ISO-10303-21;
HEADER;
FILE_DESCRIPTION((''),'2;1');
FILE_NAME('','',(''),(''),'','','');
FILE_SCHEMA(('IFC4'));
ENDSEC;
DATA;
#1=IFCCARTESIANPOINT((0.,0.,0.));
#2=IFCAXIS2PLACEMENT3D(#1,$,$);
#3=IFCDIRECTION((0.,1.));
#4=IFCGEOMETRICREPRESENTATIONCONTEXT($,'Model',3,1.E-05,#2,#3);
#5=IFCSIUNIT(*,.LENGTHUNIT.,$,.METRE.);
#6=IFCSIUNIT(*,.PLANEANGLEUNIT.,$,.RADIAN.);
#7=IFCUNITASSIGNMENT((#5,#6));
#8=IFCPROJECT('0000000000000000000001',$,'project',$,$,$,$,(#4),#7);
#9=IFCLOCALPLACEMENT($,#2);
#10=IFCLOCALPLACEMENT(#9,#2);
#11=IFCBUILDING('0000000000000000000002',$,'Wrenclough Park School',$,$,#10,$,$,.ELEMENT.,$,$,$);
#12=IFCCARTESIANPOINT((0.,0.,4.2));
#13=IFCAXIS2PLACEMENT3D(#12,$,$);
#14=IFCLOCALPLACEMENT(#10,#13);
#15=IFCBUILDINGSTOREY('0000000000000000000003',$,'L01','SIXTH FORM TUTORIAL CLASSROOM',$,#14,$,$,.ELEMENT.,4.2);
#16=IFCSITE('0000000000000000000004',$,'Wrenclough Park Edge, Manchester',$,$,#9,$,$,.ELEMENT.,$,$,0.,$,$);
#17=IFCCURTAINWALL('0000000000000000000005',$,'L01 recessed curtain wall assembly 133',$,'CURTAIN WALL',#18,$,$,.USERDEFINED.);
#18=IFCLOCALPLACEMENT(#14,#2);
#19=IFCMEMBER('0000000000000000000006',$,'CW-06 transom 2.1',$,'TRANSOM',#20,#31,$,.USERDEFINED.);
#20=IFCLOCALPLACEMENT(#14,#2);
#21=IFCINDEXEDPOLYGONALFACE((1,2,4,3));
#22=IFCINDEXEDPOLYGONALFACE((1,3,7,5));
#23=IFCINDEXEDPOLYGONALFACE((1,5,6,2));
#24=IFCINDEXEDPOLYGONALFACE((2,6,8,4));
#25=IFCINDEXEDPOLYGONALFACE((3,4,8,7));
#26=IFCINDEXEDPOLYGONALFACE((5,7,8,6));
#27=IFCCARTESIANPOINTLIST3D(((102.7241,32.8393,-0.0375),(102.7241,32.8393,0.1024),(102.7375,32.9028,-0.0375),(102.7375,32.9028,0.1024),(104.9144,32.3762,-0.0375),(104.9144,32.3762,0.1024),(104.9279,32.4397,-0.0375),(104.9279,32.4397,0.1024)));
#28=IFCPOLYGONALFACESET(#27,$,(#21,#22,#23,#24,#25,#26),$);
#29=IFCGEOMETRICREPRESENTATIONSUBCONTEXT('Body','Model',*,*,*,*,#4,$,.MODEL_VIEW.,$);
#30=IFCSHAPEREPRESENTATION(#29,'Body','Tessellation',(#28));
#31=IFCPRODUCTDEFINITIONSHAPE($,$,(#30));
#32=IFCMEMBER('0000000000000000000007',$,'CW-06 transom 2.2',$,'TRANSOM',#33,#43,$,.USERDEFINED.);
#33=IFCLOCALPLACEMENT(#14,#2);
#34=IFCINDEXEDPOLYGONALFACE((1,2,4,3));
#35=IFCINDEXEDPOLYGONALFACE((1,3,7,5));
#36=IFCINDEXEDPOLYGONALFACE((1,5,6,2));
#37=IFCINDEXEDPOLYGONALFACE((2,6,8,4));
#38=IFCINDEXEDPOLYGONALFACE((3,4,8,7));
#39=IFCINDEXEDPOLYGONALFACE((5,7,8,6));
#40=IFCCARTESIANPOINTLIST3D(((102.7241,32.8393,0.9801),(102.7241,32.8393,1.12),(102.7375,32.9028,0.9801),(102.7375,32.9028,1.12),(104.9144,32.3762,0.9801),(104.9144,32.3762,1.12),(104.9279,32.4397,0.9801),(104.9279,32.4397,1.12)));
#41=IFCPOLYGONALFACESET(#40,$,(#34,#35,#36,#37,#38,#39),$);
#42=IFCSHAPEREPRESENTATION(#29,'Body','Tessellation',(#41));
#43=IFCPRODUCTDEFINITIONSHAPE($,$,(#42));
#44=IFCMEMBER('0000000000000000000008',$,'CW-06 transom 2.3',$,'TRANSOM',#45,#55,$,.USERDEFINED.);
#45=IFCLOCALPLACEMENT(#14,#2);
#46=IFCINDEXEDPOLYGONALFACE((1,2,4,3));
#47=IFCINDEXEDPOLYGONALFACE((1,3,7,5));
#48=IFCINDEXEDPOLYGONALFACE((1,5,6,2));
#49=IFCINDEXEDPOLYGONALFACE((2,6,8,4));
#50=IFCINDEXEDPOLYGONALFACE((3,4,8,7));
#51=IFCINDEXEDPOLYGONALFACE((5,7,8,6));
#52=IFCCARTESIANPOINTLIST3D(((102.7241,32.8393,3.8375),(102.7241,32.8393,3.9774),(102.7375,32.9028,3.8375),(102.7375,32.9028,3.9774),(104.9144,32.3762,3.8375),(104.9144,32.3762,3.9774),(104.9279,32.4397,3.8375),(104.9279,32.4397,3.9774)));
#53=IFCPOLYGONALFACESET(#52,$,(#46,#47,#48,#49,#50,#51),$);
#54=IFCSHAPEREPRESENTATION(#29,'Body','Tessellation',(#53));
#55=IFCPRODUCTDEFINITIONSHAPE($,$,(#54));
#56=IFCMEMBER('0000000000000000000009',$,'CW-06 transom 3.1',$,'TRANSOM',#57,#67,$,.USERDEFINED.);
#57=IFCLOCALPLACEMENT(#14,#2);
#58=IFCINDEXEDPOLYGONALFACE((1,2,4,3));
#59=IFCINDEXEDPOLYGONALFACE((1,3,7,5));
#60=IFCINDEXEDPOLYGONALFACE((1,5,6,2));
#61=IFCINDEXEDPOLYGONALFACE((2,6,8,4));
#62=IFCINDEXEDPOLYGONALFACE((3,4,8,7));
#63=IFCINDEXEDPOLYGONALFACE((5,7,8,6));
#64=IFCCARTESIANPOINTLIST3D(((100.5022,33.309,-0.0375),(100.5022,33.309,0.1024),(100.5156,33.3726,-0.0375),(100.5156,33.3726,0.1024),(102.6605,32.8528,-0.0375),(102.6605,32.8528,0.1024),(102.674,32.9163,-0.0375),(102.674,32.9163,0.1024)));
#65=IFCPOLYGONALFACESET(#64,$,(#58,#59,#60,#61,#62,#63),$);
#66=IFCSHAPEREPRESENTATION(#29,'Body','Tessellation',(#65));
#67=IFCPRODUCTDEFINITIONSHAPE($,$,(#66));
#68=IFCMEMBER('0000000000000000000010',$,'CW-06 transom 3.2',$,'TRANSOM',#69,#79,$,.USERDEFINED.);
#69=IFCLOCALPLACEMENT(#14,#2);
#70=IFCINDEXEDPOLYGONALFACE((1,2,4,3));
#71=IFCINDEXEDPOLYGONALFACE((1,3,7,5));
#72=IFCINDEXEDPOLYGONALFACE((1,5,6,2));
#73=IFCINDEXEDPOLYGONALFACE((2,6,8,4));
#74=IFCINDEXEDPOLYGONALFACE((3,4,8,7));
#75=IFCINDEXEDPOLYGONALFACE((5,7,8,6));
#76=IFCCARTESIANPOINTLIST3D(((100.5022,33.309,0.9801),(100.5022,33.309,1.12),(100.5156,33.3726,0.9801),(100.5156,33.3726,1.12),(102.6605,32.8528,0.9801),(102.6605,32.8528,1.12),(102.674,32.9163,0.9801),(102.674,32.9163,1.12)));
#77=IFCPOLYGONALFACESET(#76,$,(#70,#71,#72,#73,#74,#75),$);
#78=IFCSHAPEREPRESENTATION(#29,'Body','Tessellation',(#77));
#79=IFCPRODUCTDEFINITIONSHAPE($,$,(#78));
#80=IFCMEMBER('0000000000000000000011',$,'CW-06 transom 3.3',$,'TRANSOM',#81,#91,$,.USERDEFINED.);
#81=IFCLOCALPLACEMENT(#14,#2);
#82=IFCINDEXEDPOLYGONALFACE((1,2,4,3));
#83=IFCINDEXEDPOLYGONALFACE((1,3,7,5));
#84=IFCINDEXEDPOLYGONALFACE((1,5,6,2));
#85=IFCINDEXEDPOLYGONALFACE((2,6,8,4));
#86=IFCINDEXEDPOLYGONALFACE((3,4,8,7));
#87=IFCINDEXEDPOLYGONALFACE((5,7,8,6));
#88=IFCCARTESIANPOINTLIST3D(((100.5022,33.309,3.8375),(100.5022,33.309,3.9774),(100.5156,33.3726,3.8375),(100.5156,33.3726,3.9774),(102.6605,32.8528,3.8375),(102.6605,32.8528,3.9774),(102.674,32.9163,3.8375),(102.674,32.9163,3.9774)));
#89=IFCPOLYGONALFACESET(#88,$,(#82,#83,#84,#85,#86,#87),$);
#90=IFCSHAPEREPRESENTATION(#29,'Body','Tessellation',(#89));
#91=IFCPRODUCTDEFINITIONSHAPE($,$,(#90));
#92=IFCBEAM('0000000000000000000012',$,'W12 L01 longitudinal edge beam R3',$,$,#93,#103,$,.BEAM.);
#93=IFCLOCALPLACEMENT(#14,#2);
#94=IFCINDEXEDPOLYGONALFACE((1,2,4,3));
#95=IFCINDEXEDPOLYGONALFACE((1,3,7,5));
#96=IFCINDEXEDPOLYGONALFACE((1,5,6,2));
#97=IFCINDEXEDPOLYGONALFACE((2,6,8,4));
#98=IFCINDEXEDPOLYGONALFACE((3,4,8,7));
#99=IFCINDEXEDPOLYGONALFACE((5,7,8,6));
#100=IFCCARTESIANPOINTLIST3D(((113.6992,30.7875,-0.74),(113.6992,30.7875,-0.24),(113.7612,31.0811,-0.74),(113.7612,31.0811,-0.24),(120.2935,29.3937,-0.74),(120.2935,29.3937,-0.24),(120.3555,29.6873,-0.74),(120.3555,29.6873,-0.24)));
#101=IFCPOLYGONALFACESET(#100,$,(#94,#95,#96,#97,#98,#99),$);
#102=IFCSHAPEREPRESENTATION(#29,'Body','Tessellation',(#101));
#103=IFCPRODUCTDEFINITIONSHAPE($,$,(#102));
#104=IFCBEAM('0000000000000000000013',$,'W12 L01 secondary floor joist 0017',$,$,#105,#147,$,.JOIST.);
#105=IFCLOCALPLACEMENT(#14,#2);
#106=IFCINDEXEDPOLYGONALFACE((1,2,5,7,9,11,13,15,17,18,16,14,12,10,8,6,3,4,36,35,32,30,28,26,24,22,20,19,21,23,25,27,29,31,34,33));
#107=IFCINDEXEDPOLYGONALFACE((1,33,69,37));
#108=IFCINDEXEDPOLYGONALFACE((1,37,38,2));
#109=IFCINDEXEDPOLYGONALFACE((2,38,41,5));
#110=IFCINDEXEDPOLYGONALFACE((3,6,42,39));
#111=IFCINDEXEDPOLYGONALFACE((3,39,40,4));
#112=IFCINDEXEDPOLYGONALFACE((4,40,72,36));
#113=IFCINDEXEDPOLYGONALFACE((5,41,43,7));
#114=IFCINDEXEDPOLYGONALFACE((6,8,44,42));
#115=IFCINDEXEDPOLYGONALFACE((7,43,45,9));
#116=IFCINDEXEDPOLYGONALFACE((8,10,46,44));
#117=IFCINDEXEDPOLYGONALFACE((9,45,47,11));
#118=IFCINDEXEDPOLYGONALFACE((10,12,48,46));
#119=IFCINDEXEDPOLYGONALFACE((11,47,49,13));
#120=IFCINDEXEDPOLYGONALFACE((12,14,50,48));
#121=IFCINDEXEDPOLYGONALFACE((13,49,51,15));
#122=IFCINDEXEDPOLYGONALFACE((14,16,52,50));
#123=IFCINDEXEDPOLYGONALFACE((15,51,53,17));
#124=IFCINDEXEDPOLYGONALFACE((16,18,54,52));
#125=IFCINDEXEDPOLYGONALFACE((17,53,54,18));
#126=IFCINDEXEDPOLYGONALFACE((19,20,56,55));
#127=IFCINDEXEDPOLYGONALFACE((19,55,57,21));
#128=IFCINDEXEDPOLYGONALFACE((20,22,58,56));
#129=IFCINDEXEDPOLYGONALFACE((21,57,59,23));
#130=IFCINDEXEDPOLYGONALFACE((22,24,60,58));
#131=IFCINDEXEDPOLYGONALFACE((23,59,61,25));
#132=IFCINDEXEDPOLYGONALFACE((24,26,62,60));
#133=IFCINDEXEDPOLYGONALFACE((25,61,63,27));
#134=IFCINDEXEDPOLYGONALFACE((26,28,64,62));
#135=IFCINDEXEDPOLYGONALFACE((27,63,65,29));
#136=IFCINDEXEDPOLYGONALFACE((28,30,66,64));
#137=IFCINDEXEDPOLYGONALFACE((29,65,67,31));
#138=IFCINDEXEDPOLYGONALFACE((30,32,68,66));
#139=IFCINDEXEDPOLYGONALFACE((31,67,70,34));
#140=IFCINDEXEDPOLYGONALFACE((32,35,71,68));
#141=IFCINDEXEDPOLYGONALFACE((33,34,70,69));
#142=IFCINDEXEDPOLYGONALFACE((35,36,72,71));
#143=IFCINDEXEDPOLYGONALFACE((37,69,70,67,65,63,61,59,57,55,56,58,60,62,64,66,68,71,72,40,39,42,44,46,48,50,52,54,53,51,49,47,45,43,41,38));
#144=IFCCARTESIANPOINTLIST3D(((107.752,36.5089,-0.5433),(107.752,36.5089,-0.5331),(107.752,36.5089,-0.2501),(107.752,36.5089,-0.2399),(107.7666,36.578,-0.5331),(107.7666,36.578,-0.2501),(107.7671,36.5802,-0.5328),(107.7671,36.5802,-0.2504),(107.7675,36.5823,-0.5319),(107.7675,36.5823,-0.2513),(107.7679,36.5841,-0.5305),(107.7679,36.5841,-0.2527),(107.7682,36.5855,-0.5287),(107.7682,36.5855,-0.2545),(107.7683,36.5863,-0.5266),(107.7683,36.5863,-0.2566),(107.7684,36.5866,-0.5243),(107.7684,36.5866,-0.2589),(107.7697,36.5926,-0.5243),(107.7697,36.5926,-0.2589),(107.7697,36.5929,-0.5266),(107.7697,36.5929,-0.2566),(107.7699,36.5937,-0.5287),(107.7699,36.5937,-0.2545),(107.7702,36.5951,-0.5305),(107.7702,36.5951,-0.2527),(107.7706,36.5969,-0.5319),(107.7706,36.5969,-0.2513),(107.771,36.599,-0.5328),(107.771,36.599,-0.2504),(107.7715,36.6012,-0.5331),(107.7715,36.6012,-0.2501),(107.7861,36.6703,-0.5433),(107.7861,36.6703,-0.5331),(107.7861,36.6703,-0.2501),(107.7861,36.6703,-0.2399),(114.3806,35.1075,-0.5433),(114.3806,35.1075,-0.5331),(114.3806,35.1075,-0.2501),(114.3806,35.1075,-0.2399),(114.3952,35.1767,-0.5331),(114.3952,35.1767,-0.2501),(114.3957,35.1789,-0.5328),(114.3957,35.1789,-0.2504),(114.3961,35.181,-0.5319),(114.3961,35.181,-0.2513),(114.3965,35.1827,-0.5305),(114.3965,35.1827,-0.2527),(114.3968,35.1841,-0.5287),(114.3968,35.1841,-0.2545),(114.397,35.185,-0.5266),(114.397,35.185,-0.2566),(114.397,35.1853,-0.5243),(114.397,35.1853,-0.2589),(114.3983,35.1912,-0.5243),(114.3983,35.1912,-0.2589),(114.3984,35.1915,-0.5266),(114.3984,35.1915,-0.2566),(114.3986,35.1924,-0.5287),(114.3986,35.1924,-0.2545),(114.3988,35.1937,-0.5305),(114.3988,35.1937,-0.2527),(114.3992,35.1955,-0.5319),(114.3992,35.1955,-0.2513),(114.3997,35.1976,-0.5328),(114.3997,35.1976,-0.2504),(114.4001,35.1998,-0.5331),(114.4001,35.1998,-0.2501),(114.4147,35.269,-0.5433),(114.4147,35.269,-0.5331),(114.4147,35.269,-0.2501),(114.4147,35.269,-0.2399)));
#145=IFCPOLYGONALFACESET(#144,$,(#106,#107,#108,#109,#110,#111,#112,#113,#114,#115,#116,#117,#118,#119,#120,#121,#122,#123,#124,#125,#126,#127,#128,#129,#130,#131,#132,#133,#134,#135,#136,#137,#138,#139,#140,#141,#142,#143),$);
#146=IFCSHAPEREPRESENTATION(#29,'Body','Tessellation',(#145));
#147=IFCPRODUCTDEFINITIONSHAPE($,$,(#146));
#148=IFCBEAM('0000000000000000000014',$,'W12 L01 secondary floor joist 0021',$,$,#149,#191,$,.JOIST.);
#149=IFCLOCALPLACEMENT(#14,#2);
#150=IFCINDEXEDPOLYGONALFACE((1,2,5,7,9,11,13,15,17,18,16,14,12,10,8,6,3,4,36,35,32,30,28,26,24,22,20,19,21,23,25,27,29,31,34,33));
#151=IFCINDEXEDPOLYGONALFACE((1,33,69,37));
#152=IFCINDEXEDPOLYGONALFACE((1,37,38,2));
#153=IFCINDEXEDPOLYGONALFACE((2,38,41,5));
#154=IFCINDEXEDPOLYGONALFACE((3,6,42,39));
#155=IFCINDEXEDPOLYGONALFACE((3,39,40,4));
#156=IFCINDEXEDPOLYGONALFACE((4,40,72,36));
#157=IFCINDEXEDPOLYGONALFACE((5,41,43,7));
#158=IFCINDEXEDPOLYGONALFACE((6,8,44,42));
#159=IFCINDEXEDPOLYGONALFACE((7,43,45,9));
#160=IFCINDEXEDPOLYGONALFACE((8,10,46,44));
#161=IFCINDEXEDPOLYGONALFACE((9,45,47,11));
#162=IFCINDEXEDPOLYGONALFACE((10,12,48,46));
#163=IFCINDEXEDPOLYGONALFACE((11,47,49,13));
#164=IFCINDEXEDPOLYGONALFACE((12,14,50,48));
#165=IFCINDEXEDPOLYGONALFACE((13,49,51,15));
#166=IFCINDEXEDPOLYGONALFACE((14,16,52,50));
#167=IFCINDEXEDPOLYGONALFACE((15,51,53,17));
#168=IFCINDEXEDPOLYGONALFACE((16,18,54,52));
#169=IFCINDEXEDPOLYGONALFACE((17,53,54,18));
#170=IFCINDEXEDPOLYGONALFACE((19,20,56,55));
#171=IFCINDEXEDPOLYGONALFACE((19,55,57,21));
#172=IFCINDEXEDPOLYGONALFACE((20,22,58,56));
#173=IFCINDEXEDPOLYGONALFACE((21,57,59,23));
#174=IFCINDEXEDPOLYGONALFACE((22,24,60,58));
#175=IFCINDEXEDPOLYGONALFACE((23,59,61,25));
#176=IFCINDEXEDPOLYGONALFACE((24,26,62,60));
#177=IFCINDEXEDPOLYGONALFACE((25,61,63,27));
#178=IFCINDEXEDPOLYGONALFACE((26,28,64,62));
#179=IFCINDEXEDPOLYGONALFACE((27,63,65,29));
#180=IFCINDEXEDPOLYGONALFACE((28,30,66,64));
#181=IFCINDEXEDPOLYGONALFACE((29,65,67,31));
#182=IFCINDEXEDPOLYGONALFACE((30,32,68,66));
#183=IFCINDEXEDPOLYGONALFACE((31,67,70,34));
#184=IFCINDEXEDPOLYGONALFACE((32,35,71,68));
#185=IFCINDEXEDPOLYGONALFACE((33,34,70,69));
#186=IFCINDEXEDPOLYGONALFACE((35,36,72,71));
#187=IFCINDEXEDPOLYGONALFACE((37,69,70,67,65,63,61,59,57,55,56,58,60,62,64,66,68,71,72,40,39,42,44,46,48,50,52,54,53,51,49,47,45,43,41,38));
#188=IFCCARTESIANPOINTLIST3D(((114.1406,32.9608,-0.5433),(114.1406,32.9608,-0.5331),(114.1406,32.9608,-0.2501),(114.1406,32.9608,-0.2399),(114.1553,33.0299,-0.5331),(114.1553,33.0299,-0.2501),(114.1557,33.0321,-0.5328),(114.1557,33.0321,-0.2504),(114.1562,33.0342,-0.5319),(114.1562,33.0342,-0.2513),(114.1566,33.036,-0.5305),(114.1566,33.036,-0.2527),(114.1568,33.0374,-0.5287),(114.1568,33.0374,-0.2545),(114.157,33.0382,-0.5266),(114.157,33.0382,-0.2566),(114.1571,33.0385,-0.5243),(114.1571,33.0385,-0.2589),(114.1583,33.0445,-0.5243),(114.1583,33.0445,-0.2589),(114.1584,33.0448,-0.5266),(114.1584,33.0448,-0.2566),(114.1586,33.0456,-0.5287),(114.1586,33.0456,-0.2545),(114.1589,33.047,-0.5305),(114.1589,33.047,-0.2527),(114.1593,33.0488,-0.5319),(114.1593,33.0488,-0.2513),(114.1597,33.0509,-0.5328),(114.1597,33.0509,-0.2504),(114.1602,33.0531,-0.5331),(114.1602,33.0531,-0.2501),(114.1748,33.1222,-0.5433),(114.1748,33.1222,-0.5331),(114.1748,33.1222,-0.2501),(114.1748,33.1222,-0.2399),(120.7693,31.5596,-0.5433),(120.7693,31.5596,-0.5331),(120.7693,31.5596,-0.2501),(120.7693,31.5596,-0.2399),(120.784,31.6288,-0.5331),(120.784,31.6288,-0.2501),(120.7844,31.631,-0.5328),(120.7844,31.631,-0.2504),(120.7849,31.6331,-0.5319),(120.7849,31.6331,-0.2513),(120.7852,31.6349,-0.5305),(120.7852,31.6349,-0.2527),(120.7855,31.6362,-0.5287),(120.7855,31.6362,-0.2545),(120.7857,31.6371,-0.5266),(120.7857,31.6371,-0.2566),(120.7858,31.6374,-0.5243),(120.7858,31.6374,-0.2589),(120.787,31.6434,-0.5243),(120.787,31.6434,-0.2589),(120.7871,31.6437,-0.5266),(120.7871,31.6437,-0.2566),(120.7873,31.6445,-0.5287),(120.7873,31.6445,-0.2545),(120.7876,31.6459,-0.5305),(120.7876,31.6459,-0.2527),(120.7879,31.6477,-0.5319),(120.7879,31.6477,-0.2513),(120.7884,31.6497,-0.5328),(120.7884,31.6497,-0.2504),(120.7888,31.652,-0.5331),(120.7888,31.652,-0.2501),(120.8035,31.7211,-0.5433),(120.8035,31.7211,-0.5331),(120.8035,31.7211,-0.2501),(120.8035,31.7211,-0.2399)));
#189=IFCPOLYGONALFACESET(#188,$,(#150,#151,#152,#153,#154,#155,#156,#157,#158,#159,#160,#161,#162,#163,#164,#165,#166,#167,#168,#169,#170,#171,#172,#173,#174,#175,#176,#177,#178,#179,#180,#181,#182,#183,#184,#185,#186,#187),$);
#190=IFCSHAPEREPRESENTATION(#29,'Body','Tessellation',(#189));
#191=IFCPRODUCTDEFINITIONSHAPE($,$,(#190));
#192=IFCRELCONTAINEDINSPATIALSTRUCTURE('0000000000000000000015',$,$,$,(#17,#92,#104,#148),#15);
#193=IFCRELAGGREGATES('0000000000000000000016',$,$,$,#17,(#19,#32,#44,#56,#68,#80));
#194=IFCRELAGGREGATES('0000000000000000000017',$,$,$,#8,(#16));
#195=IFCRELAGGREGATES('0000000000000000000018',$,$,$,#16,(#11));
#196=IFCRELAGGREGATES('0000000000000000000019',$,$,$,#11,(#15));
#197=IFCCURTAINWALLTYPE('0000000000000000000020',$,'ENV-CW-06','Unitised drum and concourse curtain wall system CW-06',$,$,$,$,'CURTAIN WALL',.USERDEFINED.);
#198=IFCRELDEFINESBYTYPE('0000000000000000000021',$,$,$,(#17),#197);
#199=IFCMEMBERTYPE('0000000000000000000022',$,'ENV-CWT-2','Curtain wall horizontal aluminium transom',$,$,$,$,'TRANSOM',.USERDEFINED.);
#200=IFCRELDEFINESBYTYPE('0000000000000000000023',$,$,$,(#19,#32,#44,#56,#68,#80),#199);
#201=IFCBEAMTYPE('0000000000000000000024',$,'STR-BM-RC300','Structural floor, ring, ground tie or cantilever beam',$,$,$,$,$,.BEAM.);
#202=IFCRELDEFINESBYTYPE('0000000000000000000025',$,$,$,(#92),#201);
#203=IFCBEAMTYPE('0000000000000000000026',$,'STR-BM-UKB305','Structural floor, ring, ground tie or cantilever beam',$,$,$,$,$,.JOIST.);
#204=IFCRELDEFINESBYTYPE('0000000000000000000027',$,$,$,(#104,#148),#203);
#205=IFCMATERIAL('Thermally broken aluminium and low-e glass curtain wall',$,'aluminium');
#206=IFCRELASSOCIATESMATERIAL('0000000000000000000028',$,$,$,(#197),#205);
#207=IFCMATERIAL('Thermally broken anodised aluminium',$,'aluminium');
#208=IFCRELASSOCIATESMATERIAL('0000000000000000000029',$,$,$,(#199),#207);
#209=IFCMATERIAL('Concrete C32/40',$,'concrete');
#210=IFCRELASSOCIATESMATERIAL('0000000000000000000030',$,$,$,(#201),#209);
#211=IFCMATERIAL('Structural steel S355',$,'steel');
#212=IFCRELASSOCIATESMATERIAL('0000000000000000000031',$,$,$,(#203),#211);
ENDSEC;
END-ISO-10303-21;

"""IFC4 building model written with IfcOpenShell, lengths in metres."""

from ifc_helpers import new_model, si_unit, direction, frame, origin, origin_2d, place, context, subcontext, project, spatial, rectangle, i_section, extrude, material, material_profile, profile_set, type_object, element, aggregate, save


model = new_model("IFC4")

# Units and contexts
model_context = context("Model", 3, precision=1e-05, world=origin(), true_north=direction((0.0, 1.0)))
body_context = subcontext(model_context, "Body", "Model", "MODEL_VIEW")
ifc_project = project(units=[si_unit("LENGTHUNIT", "METRE"), si_unit("PLANEANGLEUNIT", "RADIAN")], contexts=[model_context])

# Site, building, storey
site_placement = place(None, origin())
site = spatial("IfcSite", under=ifc_project, at=site_placement, Name="Wrenclough Park Edge, Manchester", CompositionType="ELEMENT", RefElevation=0.0)
building_placement = place(site_placement, origin())
building = spatial("IfcBuilding", under=site, at=building_placement, Name="Wrenclough Park School", CompositionType="ELEMENT")
storey_placement = place(building_placement, frame((0.0, 0.0, 4.2)))
storey = spatial("IfcBuildingStorey", under=building, at=storey_placement, Name="L01", Description="SIXTH FORM TUTORIAL CLASSROOM", CompositionType="ELEMENT", Elevation=4.2)

# Shared definitions
ifc_material_1 = material(Name="Structural steel S355", Category="steel")

# Shared definitions
ifc_material_2 = material(Name="Thermally broken aluminium and low-e glass curtain wall", Category="aluminium")
ifc_material_3 = material(Name="Thermally broken anodised aluminium", Category="aluminium")

# Curtain wall, members
curtain_wall_type_1 = type_object("IfcCurtainWallType", Name="ENV-CW-06", Description="Unitised drum and concourse curtain wall system CW-06", ElementType="CURTAIN WALL", PredefinedType="USERDEFINED", material=ifc_material_2)
curtain_wall_1_placement = place(storey_placement, origin())
curtain_wall_1 = element("IfcCurtainWall", 1, at=curtain_wall_1_placement, inside=storey, type_object=curtain_wall_type_1, Name="L01 recessed curtain wall assembly 133", ObjectType="CURTAIN WALL", PredefinedType="USERDEFINED")
ifc_material_profile_1 = material_profile(ifc_material_3, rectangle(XDim=0.0649, YDim=0.1399, at=origin_2d()), Name="AL TRANSOM 65x140")
ifc_profile_set_1 = profile_set([ifc_material_profile_1], Name="Thermally broken anodised aluminium")
member_type_1 = type_object("IfcMemberType", Name="ENV-CWT-2", Description="Curtain wall horizontal aluminium transom", ElementType="TRANSOM", PredefinedType="USERDEFINED", material=ifc_profile_set_1)
member_1_placement = place(storey_placement, frame((104.9211, 32.408, 0.0325), z_axis=(-0.97837, 0.206862, 0.0), x_axis=(-0.206862, -0.97837, 0.0)))
member_1 = element("IfcMember", 2, at=member_1_placement, type_object=member_type_1, Name="CW-06 transom 2.1", ObjectType="TRANSOM", PredefinedType="USERDEFINED", context=body_context, shape_type="SweptSolid", body=[
    extrude(rectangle(XDim=0.0649, YDim=0.1399, at=origin_2d()), origin(), (0.0, 0.0, 1.0), 2.2388),
])
member_2_placement = place(storey_placement, frame((104.9211, 32.408, 1.05), z_axis=(-0.97837, 0.206862, 0.0), x_axis=(-0.206862, -0.97837, 0.0)))
member_2 = element("IfcMember", 3, at=member_2_placement, type_object=member_type_1, Name="CW-06 transom 2.2", ObjectType="TRANSOM", PredefinedType="USERDEFINED", context=body_context, shape_type="SweptSolid", body=[
    extrude(rectangle(XDim=0.0649, YDim=0.1399, at=origin_2d()), origin(), (0.0, 0.0, 1.0), 2.2388),
])
member_3_placement = place(storey_placement, frame((104.9211, 32.408, 3.9075), z_axis=(-0.97837, 0.206862, 0.0), x_axis=(-0.206862, -0.97837, 0.0)))
member_3 = element("IfcMember", 4, at=member_3_placement, type_object=member_type_1, Name="CW-06 transom 2.3", ObjectType="TRANSOM", PredefinedType="USERDEFINED", context=body_context, shape_type="SweptSolid", body=[
    extrude(rectangle(XDim=0.0649, YDim=0.1399, at=origin_2d()), origin(), (0.0, 0.0, 1.0), 2.2388),
])
member_4_placement = place(storey_placement, frame((102.6672, 32.8845, 0.0325), z_axis=(-0.978377, 0.20683, 0.0), x_axis=(-0.20683, -0.978377, 0.0)))
member_4 = element("IfcMember", 5, at=member_4_placement, type_object=member_type_1, Name="CW-06 transom 3.1", ObjectType="TRANSOM", PredefinedType="USERDEFINED", context=body_context, shape_type="SweptSolid", body=[
    extrude(rectangle(XDim=0.0649, YDim=0.1399, at=origin_2d()), origin(), (0.0, 0.0, 1.0), 2.2061),
])
member_5_placement = place(storey_placement, frame((102.6672, 32.8845, 1.05), z_axis=(-0.978377, 0.20683, 0.0), x_axis=(-0.20683, -0.978377, 0.0)))
member_5 = element("IfcMember", 6, at=member_5_placement, type_object=member_type_1, Name="CW-06 transom 3.2", ObjectType="TRANSOM", PredefinedType="USERDEFINED", context=body_context, shape_type="SweptSolid", body=[
    extrude(rectangle(XDim=0.0649, YDim=0.1399, at=origin_2d()), origin(), (0.0, 0.0, 1.0), 2.2061),
])
member_6_placement = place(storey_placement, frame((102.6672, 32.8845, 3.9075), z_axis=(-0.978377, 0.20683, 0.0), x_axis=(-0.20683, -0.978377, 0.0)))
member_6 = element("IfcMember", 7, at=member_6_placement, type_object=member_type_1, Name="CW-06 transom 3.3", ObjectType="TRANSOM", PredefinedType="USERDEFINED", context=body_context, shape_type="SweptSolid", body=[
    extrude(rectangle(XDim=0.0649, YDim=0.1399, at=origin_2d()), origin(), (0.0, 0.0, 1.0), 2.2061),
])

# Beams
ifc_material_4 = material(Name="Concrete C32/40", Category="concrete")
ifc_material_profile_2 = material_profile(ifc_material_4, rectangle(XDim=0.3, YDim=0.5, at=origin_2d()), Name="RC BEAM 300x500")
ifc_profile_set_2 = profile_set([ifc_material_profile_2], Name="Concrete C32/40")
beam_type_1 = type_object("IfcBeamType", Name="STR-BM-RC300", Description="Structural floor, ring, ground tie or cantilever beam", PredefinedType="BEAM", material=ifc_profile_set_2)
beam_1_placement = place(storey_placement, frame((113.7302, 30.9343, -0.49), z_axis=(0.978384, -0.206797, 0.0), x_axis=(0.206797, 0.978384, 0.0)))
element("IfcBeam", 8, at=beam_1_placement, inside=storey, type_object=beam_type_1, Name="W12 L01 longitudinal edge beam R3", PredefinedType="BEAM", context=body_context, shape_type="SweptSolid", body=[
    extrude(rectangle(XDim=0.3, YDim=0.5, at=origin_2d()), origin(), (0.0, 0.0, 1.0), 6.74),
])
ifc_material_profile_3 = material_profile(ifc_material_1, i_section(OverallWidth=0.165, OverallDepth=0.3035, WebThickness=0.0061, FlangeThickness=0.0103, FilletRadius=0.0088, at=origin_2d()), Name="UKB 305x165x40")
ifc_profile_set_3 = profile_set([ifc_material_profile_3], Name="Structural steel S355")
beam_type_2 = type_object("IfcBeamType", Name="STR-BM-UKB305", Description="Structural floor, ring, ground tie or cantilever beam", PredefinedType="JOIST", material=ifc_profile_set_3)
for number, where, z_axis, x_axis, name in (
    (9, (107.769, 36.5896, -0.3916), (0.978375, -0.206839, 0.0), (0.206839, 0.978375, 0.0), "W12 L01 secondary floor joist 0017"),
    (10, (114.1577, 33.0415, -0.3916), (0.978382, -0.206804, 0.0), (0.206804, 0.978382, 0.0), "W12 L01 secondary floor joist 0021"),
):
    element("IfcBeam", number, at=place(storey_placement, frame(where, z_axis=z_axis, x_axis=x_axis)), inside=storey, type_object=beam_type_2, Name=name, PredefinedType="JOIST", context=body_context, shape_type="SweptSolid", body=[
        extrude(i_section(OverallWidth=0.165, OverallDepth=0.3035, WebThickness=0.0061, FlangeThickness=0.0103, FilletRadius=0.0088, at=origin_2d()), origin(), (0.0, 0.0, 1.0), 6.7751),
    ])

aggregate(curtain_wall_1, [member_1, member_2, member_3, member_4, member_5, member_6])

save(model, "model.ifc")
